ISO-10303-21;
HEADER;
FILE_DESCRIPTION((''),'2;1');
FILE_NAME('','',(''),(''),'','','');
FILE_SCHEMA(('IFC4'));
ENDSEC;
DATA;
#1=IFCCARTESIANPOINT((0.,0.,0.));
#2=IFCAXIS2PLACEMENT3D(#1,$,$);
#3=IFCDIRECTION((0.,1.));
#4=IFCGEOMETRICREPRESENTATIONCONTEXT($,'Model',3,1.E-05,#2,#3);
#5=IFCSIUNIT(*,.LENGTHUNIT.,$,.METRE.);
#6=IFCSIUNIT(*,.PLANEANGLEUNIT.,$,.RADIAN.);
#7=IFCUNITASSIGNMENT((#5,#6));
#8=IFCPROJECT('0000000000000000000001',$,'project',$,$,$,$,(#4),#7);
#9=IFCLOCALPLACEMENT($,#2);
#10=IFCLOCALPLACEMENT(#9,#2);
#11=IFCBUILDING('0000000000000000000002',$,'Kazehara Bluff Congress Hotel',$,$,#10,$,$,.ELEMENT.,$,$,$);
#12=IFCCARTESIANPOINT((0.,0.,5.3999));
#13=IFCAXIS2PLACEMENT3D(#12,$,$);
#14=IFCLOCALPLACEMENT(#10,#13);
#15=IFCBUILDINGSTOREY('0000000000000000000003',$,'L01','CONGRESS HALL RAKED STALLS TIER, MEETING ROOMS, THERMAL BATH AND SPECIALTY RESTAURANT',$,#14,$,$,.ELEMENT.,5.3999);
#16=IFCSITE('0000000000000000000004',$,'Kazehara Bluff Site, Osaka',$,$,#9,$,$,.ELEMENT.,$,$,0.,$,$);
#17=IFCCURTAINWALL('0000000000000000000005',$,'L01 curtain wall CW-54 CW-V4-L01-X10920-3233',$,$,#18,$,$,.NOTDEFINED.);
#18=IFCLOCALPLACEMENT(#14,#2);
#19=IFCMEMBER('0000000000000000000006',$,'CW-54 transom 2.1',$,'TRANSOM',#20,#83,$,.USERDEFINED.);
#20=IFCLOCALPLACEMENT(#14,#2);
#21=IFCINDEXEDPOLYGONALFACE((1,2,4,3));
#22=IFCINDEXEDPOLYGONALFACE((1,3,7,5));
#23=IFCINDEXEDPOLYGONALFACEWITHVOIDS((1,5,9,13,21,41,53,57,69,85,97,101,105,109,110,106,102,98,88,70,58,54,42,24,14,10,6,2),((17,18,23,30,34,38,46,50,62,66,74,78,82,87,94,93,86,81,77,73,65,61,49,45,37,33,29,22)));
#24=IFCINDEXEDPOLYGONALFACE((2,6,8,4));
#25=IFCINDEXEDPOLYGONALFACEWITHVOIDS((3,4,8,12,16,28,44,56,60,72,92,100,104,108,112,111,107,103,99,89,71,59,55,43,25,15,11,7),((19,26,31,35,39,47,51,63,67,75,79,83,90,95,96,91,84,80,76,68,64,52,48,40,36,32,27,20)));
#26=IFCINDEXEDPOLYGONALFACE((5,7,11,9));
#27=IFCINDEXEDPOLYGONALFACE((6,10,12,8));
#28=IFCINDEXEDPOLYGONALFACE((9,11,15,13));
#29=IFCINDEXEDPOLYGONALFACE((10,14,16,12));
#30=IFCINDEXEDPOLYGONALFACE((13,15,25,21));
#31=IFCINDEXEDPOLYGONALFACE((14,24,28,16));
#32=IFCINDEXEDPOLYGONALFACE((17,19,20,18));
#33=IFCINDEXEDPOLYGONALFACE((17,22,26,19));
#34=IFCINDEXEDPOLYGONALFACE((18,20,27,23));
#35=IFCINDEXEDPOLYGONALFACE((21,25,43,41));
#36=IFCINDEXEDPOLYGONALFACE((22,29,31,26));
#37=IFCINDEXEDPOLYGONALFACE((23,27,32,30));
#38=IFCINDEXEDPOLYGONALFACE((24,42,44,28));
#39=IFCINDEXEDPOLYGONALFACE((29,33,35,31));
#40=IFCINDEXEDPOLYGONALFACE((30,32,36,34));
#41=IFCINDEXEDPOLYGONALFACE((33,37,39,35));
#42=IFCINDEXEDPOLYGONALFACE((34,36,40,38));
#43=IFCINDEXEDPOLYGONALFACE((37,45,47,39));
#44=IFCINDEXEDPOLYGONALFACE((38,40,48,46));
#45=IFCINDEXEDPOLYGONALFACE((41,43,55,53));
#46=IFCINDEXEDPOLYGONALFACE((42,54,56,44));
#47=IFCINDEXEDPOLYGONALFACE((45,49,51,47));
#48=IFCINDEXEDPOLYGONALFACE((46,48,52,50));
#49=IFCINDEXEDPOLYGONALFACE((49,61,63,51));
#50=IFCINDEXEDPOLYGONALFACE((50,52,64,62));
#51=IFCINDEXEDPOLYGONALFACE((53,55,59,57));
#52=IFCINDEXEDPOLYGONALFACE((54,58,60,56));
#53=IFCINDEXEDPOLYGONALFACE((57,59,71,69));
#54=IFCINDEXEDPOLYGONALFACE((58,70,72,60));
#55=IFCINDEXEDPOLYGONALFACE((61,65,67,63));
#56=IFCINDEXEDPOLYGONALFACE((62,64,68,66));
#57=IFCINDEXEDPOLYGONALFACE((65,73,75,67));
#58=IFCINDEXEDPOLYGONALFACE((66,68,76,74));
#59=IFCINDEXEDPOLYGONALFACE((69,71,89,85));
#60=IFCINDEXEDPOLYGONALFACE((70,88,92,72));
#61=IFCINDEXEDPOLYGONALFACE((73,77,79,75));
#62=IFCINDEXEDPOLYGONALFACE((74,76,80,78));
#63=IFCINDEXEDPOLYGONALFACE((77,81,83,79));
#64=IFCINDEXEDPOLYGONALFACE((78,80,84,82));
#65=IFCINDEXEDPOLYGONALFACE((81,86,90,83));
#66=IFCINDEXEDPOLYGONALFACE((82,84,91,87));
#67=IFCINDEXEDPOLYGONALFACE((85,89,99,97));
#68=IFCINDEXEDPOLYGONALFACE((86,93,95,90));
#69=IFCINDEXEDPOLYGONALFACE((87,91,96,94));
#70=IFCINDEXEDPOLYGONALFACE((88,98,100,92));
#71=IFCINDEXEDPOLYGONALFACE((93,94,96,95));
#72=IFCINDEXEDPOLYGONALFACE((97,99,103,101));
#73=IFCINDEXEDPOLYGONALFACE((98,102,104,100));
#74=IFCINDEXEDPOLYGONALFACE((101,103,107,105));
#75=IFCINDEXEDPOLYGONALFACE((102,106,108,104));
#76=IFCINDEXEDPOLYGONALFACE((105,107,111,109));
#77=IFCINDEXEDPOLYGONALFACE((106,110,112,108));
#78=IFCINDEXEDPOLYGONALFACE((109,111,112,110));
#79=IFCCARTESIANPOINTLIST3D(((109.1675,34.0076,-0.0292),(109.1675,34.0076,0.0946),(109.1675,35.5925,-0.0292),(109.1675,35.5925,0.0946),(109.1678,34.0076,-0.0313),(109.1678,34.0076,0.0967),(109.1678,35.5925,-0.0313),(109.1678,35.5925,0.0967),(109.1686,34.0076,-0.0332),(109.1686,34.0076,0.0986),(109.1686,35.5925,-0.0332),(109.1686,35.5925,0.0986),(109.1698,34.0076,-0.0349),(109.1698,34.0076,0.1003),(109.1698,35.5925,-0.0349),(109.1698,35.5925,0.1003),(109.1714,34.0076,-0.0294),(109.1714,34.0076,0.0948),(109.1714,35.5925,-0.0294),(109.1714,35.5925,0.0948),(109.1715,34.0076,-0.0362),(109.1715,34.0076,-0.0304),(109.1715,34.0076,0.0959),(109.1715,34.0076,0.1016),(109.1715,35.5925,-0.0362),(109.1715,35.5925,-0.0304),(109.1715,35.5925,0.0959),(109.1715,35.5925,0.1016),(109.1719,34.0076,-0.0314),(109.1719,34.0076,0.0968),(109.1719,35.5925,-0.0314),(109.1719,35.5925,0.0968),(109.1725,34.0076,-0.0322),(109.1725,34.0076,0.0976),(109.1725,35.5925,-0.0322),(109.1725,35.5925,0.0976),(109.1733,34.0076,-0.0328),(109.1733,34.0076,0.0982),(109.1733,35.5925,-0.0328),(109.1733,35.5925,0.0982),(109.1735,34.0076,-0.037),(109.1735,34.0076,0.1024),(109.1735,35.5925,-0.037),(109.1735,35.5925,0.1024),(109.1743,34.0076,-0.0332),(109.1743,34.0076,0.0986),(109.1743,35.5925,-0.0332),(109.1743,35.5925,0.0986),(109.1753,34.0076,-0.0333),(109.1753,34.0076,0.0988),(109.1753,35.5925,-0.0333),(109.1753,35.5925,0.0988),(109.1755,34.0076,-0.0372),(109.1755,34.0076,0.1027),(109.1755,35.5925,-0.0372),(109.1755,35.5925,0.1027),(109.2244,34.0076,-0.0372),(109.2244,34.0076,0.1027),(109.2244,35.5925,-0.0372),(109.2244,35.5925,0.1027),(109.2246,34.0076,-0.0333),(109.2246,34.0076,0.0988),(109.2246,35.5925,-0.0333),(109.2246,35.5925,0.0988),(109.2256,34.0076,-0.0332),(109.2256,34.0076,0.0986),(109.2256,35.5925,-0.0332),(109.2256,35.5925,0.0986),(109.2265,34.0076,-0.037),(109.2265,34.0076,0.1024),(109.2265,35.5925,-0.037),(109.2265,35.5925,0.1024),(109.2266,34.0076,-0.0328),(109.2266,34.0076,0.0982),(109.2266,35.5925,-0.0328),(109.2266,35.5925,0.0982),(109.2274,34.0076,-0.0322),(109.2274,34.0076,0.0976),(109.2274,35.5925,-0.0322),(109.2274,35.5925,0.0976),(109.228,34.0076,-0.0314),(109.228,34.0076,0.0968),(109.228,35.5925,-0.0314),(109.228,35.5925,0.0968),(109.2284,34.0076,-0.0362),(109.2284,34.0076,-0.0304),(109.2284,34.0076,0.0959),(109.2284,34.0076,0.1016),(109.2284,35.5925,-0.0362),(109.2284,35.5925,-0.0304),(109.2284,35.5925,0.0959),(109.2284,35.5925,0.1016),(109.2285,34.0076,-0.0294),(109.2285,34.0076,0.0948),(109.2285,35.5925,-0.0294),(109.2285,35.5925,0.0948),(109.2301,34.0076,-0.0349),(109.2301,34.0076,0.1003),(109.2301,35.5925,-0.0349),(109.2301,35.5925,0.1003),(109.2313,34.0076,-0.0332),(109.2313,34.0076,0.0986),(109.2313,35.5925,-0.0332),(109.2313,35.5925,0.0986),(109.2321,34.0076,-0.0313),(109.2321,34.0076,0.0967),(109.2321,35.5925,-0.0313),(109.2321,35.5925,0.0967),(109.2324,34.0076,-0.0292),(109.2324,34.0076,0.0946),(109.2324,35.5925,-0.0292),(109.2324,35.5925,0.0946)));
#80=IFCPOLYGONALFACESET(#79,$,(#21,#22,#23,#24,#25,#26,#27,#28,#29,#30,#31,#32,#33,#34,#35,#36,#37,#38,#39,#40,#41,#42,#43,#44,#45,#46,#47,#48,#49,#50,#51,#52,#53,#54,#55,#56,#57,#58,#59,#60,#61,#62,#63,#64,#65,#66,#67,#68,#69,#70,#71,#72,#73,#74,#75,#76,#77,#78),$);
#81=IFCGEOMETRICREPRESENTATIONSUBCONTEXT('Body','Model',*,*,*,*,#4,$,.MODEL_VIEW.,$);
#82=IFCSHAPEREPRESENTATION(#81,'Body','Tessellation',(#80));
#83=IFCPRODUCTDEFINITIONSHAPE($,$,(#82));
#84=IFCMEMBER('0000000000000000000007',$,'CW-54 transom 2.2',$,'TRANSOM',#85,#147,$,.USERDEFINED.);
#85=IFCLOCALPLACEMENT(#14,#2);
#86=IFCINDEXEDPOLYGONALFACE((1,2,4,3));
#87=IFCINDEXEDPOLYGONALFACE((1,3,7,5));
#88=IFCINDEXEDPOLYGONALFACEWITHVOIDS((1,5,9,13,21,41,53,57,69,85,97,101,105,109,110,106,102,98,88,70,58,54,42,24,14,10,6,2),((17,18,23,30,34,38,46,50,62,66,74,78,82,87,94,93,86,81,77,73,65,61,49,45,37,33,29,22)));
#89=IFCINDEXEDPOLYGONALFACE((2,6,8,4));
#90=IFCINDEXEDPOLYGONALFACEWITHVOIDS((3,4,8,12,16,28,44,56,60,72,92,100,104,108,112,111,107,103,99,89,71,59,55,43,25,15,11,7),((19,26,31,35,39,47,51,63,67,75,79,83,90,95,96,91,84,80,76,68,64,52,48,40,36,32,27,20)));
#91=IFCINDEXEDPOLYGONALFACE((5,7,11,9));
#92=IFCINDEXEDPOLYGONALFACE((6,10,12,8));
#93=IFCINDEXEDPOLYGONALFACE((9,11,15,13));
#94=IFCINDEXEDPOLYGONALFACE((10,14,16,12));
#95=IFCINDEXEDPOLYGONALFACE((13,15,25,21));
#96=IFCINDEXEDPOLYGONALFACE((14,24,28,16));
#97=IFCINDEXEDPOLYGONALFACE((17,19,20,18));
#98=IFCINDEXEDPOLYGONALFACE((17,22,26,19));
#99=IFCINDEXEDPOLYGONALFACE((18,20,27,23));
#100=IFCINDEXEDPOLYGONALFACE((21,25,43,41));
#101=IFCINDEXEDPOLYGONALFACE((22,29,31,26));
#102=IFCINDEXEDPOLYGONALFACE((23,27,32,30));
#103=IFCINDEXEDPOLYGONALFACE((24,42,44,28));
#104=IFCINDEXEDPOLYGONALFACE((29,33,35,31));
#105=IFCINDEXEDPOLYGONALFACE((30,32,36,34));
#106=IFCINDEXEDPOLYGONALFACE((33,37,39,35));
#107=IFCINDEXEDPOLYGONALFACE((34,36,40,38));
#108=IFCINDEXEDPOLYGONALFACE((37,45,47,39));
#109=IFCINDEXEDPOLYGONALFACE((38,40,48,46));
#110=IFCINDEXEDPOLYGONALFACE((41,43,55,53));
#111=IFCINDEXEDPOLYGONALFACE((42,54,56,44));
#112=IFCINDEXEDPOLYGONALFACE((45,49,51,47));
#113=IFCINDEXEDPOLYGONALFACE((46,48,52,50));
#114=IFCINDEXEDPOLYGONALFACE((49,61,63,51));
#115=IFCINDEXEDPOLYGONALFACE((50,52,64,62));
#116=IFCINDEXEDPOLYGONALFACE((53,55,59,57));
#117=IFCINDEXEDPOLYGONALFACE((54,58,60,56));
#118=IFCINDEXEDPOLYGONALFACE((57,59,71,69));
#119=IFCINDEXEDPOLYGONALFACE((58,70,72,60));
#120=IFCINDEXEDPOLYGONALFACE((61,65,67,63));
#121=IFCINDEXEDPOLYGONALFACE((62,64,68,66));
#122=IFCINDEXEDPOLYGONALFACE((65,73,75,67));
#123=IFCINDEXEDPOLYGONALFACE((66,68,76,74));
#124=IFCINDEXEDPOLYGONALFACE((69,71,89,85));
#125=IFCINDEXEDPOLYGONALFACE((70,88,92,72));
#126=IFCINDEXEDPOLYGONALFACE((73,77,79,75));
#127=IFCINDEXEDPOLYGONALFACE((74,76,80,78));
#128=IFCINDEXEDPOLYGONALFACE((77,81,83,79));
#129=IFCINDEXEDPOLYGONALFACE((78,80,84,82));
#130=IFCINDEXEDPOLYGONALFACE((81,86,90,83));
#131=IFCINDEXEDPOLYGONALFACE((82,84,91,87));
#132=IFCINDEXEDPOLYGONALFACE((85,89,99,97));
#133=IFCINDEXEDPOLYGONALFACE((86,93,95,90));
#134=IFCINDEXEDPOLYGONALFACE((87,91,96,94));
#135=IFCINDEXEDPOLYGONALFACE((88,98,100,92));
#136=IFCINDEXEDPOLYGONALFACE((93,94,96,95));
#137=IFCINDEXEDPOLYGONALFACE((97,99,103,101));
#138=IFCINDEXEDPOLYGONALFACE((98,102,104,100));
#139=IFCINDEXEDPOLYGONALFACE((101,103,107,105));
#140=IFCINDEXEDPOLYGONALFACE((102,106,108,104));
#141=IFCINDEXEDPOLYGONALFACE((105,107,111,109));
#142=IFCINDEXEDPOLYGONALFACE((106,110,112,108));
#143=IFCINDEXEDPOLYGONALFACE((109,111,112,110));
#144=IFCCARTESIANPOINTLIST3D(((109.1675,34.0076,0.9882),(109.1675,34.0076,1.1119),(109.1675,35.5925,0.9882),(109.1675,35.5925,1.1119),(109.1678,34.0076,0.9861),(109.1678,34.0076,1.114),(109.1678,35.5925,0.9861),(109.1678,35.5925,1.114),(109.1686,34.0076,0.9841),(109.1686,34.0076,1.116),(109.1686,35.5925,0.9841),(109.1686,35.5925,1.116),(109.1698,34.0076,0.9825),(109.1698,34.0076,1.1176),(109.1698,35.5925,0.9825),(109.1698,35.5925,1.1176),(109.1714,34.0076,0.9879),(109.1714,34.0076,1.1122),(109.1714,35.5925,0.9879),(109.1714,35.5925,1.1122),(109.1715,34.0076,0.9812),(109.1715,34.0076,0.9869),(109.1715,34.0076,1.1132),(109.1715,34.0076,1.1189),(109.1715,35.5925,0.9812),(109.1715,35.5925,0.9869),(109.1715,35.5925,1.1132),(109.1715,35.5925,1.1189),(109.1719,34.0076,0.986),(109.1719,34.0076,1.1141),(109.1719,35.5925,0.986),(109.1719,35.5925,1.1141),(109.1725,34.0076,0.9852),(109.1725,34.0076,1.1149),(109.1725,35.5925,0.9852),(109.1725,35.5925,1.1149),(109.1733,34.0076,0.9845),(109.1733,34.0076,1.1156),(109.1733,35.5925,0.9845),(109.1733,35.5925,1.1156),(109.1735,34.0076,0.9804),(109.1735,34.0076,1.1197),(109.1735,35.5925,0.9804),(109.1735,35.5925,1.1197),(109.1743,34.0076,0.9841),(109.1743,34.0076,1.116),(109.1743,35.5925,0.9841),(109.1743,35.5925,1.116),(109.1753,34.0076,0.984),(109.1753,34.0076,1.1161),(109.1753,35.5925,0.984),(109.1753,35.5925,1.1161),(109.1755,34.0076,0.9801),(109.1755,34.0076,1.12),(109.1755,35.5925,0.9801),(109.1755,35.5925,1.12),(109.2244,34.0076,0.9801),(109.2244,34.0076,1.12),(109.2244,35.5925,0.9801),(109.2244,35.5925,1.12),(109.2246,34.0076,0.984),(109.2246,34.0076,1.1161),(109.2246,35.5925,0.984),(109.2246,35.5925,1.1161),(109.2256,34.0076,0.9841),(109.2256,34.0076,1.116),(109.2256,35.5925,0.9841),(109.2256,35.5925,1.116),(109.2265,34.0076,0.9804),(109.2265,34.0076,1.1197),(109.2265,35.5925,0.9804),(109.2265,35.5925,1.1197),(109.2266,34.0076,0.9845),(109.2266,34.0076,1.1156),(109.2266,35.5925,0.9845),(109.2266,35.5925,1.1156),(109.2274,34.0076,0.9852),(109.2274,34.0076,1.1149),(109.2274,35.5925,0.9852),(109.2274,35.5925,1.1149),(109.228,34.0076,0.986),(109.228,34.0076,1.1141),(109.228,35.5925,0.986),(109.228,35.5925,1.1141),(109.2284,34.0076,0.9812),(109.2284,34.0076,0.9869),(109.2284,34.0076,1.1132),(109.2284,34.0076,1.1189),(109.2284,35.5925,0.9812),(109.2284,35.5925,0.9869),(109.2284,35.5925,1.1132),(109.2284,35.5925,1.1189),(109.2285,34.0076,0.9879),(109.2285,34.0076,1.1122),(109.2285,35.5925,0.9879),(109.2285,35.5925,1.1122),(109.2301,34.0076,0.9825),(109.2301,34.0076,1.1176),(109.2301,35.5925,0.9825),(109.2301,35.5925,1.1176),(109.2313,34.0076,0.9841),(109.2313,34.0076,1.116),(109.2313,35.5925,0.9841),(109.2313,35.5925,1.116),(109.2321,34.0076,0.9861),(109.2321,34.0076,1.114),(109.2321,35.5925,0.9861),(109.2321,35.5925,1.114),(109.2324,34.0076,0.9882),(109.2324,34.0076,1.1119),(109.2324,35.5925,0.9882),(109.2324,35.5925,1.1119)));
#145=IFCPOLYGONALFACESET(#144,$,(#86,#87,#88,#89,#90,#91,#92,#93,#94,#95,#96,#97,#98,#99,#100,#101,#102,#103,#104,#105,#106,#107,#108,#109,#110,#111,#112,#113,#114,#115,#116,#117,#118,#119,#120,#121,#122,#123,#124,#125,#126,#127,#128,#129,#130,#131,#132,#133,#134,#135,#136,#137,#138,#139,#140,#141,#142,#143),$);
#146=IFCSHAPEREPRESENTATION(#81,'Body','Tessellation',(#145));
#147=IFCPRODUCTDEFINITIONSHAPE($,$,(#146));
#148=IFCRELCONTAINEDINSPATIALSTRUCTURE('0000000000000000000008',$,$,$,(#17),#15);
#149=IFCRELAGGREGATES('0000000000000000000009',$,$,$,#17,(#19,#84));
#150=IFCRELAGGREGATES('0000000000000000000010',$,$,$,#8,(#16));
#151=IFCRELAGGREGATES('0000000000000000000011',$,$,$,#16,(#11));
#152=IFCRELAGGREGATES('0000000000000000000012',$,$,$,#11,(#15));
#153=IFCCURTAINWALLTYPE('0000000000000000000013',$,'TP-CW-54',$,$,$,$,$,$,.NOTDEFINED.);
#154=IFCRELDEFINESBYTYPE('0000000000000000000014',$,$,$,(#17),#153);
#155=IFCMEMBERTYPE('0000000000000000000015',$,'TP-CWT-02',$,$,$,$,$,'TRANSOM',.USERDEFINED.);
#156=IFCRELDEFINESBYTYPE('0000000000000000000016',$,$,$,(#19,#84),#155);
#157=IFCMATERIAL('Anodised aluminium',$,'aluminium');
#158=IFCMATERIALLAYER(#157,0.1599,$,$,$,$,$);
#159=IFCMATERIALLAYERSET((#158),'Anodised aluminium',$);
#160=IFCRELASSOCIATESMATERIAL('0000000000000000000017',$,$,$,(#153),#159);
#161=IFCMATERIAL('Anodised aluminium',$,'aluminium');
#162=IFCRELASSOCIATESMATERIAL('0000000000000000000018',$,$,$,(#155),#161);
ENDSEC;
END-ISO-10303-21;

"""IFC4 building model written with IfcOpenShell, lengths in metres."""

from ifc_helpers import new_model, si_unit, direction, frame, origin, origin_2d, place, context, subcontext, project, spatial, hollow_rectangle, extrude, material, layer, layer_set, material_profile, profile_set, type_object, element, aggregate, save


model = new_model("IFC4")

# Units and contexts
model_context = context("Model", 3, precision=1e-05, world=origin(), true_north=direction((0.0, 1.0)))
body_context = subcontext(model_context, "Body", "Model", "MODEL_VIEW")
ifc_project = project(units=[si_unit("LENGTHUNIT", "METRE"), si_unit("PLANEANGLEUNIT", "RADIAN")], contexts=[model_context])

# Site, building, storey
site_placement = place(None, origin())
site = spatial("IfcSite", under=ifc_project, at=site_placement, Name="Kazehara Bluff Site, Osaka", CompositionType="ELEMENT", RefElevation=0.0)
building_placement = place(site_placement, origin())
building = spatial("IfcBuilding", under=site, at=building_placement, Name="Kazehara Bluff Congress Hotel", CompositionType="ELEMENT")
storey_placement = place(building_placement, frame((0.0, 0.0, 5.3999)))
storey = spatial("IfcBuildingStorey", under=building, at=storey_placement, Name="L01", Description="CONGRESS HALL RAKED STALLS TIER, MEETING ROOMS, THERMAL BATH AND SPECIALTY RESTAURANT", CompositionType="ELEMENT", Elevation=5.3999)

# Curtain wall, members
ifc_material_1 = material(Name="Anodised aluminium", Category="aluminium")
ifc_layer_1 = layer(ifc_material_1, 0.1599)
ifc_layer_set_1 = layer_set([ifc_layer_1], Name="Anodised aluminium")
curtain_wall_type_1 = type_object("IfcCurtainWallType", Name="TP-CW-54", PredefinedType="NOTDEFINED", material=ifc_layer_set_1)
curtain_wall_1_placement = place(storey_placement, origin())
curtain_wall_1 = element("IfcCurtainWall", 1, at=curtain_wall_1_placement, inside=storey, type_object=curtain_wall_type_1, Name="L01 curtain wall CW-54 CW-V4-L01-X10920-3233", PredefinedType="NOTDEFINED")
ifc_material_2 = material(Name="Anodised aluminium", Category="aluminium")
ifc_material_profile_1 = material_profile(ifc_material_2, hollow_rectangle(XDim=0.0649, YDim=0.1399, WallThickness=0.0039, InnerFilletRadius=0.0039, OuterFilletRadius=0.0081, at=origin_2d()))
ifc_profile_set_1 = profile_set([ifc_material_profile_1], Name="Anodised aluminium")
member_type_1 = type_object("IfcMemberType", Name="TP-CWT-02", ElementType="TRANSOM", PredefinedType="USERDEFINED", material=ifc_profile_set_1)
member_1_placement = place(storey_placement, frame((109.2, 34.0076, 0.0327), z_axis=(0.0, 1.0, 0.0), x_axis=(-1.0, 0.0, 0.0)))
member_1 = element("IfcMember", 2, at=member_1_placement, type_object=member_type_1, Name="CW-54 transom 2.1", ObjectType="TRANSOM", PredefinedType="USERDEFINED", context=body_context, shape_type="SweptSolid", body=[
    extrude(hollow_rectangle(XDim=0.0649, YDim=0.1399, WallThickness=0.0039, InnerFilletRadius=0.0039, OuterFilletRadius=0.0081, at=origin_2d()), origin(), (0.0, 0.0, 1.0), 1.585),
])
member_2_placement = place(storey_placement, frame((109.2, 34.0076, 1.05), z_axis=(0.0, 1.0, 0.0), x_axis=(-1.0, 0.0, 0.0)))
member_2 = element("IfcMember", 3, at=member_2_placement, type_object=member_type_1, Name="CW-54 transom 2.2", ObjectType="TRANSOM", PredefinedType="USERDEFINED", context=body_context, shape_type="SweptSolid", body=[
    extrude(hollow_rectangle(XDim=0.0649, YDim=0.1399, WallThickness=0.0039, InnerFilletRadius=0.0039, OuterFilletRadius=0.0081, at=origin_2d()), origin(), (0.0, 0.0, 1.0), 1.585),
])

aggregate(curtain_wall_1, [member_1, member_2])

save(model, "model.ifc")
